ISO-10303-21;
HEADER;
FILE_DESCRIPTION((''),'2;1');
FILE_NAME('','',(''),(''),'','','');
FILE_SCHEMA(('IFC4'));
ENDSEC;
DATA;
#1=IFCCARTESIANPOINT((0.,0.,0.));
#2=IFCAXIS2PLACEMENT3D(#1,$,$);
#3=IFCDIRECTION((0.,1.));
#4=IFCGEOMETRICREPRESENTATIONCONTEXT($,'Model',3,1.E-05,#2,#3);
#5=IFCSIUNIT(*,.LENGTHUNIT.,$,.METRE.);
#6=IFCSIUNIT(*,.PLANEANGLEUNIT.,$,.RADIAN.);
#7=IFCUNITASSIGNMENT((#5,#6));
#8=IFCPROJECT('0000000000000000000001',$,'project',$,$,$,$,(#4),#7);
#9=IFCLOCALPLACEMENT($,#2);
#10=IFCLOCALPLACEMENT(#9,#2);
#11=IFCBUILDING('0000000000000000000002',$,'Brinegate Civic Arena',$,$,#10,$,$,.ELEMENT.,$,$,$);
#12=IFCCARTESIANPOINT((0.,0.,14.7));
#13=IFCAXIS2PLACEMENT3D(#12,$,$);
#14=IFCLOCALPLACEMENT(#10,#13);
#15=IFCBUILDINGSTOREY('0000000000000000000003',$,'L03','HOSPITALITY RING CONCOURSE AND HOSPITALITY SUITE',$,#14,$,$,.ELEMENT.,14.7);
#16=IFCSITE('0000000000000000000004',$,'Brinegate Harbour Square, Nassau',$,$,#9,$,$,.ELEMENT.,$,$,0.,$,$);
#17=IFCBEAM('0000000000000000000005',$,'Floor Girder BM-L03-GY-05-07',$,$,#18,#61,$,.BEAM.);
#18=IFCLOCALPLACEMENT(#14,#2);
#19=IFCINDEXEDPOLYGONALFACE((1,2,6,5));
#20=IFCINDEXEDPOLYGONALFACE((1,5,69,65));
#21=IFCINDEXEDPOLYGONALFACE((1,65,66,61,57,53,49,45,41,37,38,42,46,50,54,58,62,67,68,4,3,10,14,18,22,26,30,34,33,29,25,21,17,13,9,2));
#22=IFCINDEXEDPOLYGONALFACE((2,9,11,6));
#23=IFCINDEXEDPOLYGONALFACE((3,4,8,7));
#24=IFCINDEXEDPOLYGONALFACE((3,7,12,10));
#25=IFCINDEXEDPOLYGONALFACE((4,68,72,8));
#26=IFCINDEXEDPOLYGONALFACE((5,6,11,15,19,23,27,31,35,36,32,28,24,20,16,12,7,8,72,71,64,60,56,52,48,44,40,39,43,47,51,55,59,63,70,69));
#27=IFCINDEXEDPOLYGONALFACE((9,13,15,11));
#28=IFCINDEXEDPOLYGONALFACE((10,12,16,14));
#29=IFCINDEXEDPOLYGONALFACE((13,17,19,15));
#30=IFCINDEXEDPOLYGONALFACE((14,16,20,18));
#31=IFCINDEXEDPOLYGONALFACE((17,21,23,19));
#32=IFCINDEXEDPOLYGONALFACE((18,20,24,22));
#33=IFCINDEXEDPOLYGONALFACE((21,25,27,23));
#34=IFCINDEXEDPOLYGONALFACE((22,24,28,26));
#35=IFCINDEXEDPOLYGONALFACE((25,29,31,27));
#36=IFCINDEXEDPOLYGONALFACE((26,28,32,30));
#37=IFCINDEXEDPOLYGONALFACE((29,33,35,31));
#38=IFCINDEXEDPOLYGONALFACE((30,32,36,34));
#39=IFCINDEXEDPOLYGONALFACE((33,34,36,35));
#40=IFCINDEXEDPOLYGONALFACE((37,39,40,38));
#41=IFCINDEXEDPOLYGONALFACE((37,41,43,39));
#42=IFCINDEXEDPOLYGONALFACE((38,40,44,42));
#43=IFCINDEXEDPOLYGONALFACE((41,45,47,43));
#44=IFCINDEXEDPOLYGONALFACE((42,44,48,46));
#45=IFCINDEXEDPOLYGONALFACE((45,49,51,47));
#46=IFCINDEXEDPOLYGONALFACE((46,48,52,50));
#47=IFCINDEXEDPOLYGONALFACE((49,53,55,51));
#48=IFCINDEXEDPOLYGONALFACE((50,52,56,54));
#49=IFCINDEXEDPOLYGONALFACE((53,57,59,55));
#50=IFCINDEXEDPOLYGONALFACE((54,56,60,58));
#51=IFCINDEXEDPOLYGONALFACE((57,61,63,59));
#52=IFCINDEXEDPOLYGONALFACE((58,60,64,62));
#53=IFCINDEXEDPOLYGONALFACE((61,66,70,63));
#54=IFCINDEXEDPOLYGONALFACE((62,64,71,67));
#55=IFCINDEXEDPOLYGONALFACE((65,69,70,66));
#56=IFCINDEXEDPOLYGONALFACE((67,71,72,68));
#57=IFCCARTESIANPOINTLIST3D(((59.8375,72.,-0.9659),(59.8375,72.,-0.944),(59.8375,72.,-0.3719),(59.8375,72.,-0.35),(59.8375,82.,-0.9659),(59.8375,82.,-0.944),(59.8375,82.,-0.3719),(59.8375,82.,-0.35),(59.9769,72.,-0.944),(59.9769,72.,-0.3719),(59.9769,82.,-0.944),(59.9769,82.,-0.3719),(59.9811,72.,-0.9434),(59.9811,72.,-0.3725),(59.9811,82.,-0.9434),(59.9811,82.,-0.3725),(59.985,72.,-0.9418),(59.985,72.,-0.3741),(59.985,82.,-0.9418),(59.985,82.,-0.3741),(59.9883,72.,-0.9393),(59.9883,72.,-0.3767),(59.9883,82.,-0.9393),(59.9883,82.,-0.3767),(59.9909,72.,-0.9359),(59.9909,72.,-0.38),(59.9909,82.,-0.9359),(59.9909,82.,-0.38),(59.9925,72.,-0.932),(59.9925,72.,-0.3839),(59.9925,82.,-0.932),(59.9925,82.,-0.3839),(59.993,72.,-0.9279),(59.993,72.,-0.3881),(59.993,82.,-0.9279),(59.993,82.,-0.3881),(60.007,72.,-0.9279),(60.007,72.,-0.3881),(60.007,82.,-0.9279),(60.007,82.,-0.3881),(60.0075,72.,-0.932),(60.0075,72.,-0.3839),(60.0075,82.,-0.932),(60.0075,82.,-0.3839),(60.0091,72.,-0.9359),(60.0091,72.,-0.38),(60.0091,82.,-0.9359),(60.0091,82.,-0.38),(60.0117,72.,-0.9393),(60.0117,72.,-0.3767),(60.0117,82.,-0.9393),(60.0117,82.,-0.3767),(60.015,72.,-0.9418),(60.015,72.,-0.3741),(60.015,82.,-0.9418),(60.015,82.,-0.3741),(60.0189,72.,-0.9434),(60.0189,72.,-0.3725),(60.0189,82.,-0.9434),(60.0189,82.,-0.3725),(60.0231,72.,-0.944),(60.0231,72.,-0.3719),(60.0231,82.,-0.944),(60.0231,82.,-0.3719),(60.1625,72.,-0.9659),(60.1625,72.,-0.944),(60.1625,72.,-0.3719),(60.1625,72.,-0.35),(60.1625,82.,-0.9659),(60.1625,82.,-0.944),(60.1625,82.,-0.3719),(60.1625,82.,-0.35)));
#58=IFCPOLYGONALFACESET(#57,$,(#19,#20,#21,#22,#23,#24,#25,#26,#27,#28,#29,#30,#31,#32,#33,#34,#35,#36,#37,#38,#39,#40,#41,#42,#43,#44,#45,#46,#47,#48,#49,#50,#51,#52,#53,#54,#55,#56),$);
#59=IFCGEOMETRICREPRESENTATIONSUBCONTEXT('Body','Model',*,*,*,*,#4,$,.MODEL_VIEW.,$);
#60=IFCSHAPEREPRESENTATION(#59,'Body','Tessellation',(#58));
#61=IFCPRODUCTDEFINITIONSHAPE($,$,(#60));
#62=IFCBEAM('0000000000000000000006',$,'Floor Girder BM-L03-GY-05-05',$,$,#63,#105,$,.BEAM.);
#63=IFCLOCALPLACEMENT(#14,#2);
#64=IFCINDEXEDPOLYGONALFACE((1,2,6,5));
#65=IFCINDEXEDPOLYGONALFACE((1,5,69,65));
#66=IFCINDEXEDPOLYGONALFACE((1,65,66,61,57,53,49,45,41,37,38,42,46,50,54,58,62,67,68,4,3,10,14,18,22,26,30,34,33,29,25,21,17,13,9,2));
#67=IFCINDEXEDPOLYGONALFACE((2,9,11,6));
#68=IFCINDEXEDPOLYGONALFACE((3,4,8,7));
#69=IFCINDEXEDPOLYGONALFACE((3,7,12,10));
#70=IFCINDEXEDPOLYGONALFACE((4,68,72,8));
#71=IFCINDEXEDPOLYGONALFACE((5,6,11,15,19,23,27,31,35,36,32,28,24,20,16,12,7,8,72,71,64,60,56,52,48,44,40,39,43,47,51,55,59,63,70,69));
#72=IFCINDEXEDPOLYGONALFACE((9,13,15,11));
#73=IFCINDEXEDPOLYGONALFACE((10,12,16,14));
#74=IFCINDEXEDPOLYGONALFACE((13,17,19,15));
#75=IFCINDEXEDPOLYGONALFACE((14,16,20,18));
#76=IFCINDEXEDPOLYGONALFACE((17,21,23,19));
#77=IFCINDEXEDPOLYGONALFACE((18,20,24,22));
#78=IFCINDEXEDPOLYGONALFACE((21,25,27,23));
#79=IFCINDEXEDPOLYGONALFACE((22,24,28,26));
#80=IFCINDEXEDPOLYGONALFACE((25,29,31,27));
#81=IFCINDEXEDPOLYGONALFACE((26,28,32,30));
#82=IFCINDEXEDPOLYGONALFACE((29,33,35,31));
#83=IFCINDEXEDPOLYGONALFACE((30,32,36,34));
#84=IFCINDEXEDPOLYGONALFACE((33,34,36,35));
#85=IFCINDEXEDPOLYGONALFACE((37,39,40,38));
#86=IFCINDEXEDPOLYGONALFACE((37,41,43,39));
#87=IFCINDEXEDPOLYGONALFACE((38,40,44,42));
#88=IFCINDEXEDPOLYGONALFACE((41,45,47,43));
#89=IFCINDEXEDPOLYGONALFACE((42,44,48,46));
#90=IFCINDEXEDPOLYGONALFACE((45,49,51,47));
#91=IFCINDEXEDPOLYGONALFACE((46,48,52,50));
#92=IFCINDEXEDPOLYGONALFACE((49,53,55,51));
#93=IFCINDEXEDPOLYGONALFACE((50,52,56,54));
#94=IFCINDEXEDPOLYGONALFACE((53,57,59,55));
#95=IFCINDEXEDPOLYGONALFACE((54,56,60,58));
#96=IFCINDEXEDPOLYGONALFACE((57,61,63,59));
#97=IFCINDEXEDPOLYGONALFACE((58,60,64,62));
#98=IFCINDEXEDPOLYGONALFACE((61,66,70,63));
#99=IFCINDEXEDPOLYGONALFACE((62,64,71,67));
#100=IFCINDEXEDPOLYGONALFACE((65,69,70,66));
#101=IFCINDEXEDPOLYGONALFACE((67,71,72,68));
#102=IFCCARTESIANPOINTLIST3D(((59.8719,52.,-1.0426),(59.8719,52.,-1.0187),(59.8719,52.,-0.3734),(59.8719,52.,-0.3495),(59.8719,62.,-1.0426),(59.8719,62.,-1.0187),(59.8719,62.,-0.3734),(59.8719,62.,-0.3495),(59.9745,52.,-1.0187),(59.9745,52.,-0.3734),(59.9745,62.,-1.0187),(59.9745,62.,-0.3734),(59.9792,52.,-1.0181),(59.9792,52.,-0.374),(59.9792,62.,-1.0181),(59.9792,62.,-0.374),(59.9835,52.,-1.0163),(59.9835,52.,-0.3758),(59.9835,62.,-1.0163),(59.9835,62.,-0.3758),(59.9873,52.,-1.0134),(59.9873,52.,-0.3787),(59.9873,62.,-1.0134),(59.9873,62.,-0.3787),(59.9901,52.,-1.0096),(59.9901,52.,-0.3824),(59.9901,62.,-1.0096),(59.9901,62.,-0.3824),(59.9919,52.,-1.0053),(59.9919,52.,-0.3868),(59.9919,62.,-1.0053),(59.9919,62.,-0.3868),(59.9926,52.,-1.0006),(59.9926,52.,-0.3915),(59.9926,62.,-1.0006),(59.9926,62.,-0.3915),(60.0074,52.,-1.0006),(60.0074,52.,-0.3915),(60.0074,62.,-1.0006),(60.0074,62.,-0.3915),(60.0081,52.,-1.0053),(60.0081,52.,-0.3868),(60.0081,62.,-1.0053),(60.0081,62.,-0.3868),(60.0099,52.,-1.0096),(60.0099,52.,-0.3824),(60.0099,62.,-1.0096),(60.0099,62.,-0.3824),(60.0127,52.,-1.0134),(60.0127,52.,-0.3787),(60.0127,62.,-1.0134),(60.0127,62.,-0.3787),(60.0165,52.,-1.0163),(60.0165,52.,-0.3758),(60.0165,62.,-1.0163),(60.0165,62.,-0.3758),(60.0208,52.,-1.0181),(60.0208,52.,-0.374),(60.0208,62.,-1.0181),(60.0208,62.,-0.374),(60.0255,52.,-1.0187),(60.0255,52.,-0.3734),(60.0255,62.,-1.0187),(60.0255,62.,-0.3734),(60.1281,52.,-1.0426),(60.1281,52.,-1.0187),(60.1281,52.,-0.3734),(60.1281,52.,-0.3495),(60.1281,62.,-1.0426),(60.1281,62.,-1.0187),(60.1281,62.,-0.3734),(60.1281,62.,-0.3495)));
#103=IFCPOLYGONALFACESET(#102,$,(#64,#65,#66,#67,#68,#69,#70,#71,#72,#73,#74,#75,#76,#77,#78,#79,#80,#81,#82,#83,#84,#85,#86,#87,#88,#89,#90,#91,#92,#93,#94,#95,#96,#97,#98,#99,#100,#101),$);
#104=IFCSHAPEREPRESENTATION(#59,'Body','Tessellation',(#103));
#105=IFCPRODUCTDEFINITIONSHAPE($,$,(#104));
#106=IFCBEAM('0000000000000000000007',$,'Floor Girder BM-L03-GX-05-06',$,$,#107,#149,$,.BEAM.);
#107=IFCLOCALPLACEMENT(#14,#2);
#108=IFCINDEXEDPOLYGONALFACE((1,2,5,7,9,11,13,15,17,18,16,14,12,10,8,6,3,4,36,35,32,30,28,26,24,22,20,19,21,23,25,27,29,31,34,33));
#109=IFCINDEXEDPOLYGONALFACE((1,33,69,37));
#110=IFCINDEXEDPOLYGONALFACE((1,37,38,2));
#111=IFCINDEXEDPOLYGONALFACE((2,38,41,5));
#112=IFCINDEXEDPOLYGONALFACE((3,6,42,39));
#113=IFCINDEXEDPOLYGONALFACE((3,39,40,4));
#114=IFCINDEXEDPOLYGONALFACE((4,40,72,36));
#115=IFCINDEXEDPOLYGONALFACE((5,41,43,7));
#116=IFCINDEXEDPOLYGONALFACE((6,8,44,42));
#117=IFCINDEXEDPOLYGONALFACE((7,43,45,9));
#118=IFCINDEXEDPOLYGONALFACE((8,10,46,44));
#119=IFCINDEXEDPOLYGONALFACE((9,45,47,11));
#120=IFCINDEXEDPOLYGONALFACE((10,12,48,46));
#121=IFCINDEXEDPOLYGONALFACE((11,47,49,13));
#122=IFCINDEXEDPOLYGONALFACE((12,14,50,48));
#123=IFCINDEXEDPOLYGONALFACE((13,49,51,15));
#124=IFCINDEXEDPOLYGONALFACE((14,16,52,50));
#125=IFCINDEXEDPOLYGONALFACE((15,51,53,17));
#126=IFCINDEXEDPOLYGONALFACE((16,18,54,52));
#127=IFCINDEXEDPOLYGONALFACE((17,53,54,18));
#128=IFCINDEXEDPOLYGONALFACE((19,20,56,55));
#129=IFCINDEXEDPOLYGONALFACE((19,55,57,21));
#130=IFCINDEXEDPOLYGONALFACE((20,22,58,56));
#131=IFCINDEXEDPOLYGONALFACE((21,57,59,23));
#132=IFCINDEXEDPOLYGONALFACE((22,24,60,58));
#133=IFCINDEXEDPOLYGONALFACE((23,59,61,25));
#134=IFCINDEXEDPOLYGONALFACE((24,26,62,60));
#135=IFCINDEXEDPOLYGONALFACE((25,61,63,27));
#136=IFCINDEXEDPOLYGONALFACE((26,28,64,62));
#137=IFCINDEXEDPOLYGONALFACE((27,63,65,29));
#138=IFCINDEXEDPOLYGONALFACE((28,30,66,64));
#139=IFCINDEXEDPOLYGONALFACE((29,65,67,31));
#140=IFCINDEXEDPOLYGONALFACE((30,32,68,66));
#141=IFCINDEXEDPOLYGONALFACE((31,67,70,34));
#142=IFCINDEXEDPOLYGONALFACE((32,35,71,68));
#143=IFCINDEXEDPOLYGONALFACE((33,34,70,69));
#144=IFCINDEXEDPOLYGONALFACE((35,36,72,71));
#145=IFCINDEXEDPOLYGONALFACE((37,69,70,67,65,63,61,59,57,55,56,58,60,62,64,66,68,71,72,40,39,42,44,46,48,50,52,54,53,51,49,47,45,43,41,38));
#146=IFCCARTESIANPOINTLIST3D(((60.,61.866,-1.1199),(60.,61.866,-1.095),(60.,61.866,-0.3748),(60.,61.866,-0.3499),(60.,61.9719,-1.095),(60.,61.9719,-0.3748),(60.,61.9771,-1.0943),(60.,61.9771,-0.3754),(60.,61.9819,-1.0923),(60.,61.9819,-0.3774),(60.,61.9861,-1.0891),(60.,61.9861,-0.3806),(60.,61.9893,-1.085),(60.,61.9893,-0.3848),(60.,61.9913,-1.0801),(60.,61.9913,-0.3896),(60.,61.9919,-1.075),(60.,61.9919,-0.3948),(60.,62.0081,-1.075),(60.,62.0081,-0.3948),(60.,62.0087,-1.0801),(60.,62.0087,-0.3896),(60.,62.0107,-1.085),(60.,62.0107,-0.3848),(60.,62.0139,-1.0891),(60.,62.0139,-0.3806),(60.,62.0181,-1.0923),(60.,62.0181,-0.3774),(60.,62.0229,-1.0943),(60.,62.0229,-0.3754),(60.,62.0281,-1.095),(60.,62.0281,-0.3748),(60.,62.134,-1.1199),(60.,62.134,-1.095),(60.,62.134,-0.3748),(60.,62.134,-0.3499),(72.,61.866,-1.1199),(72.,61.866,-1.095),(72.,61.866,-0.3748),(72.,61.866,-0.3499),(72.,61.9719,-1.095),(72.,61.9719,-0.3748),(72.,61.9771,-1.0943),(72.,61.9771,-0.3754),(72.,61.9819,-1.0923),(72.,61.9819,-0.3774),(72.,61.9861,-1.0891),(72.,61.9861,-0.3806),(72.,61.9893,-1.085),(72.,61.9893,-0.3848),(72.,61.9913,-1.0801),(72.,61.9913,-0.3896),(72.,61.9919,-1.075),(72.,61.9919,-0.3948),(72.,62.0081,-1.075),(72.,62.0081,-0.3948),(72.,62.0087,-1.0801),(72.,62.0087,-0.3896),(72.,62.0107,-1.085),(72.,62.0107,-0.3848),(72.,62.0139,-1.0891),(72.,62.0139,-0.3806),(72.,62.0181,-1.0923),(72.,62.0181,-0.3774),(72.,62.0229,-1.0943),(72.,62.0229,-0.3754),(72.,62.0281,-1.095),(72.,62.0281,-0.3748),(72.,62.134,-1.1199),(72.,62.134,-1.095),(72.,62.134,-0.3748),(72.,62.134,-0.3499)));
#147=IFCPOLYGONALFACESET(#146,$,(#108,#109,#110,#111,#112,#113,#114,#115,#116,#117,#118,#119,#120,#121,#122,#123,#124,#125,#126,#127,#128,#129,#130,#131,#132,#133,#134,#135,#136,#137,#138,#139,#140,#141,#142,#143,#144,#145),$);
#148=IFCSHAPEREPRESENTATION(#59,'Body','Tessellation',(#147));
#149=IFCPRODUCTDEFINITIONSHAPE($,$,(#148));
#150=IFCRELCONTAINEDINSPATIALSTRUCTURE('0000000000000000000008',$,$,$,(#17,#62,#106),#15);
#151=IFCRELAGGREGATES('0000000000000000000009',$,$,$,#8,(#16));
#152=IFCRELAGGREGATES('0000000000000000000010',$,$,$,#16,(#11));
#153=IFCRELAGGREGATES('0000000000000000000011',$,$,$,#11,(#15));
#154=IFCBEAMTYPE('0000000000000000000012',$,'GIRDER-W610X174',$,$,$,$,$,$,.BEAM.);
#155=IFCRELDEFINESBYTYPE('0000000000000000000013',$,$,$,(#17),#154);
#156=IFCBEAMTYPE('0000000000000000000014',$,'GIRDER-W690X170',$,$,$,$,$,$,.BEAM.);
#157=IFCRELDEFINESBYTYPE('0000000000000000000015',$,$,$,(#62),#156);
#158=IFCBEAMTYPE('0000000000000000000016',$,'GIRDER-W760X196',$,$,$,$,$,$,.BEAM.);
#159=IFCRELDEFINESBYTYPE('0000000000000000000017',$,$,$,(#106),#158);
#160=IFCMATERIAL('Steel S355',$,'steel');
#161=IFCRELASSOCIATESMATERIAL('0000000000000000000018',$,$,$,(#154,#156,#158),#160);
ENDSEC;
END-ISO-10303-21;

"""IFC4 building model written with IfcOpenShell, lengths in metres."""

from ifc_helpers import new_model, si_unit, direction, frame, origin, origin_2d, place, context, subcontext, project, spatial, i_section, extrude, material, material_profile, profile_set, type_object, element, save


model = new_model("IFC4")

# Units and contexts
model_context = context("Model", 3, precision=1e-05, world=origin(), true_north=direction((0.0, 1.0)))
body_context = subcontext(model_context, "Body", "Model", "MODEL_VIEW")
ifc_project = project(units=[si_unit("LENGTHUNIT", "METRE"), si_unit("PLANEANGLEUNIT", "RADIAN")], contexts=[model_context])

# Site, building, storey
site_placement = place(None, origin())
site = spatial("IfcSite", under=ifc_project, at=site_placement, Name="Brinegate Harbour Square, Nassau", CompositionType="ELEMENT", RefElevation=0.0)
building_placement = place(site_placement, origin())
building = spatial("IfcBuilding", under=site, at=building_placement, Name="Brinegate Civic Arena", CompositionType="ELEMENT")
storey_placement = place(building_placement, frame((0.0, 0.0, 14.7)))
storey = spatial("IfcBuildingStorey", under=building, at=storey_placement, Name="L03", Description="HOSPITALITY RING CONCOURSE AND HOSPITALITY SUITE", CompositionType="ELEMENT", Elevation=14.7)

# Beams
ifc_material_1 = material(Name="Steel S355", Category="steel")
ifc_material_profile_1 = material_profile(ifc_material_1, i_section(OverallWidth=0.325, OverallDepth=0.616, WebThickness=0.0139, FlangeThickness=0.022, FilletRadius=0.0161, at=origin_2d()), Name="W610X174")
ifc_profile_set_1 = profile_set([ifc_material_profile_1], Name="Steel S355")
beam_type_1 = type_object("IfcBeamType", Name="GIRDER-W610X174", PredefinedType="BEAM", material=ifc_profile_set_1)
beam_1_placement = place(storey_placement, frame((60.0, 72.0, -0.658), z_axis=(0.0, 1.0, 0.0), x_axis=(-1.0, 0.0, 0.0)))
element("IfcBeam", 1, at=beam_1_placement, inside=storey, type_object=beam_type_1, Name="Floor Girder BM-L03-GY-05-07", PredefinedType="BEAM", context=body_context, shape_type="SweptSolid", body=[
    extrude(i_section(OverallWidth=0.325, OverallDepth=0.616, WebThickness=0.0139, FlangeThickness=0.022, FilletRadius=0.0161, at=origin_2d()), origin(), (0.0, 0.0, 1.0), 10.0),
])
ifc_material_profile_2 = material_profile(ifc_material_1, i_section(OverallWidth=0.2561, OverallDepth=0.6931, WebThickness=0.0149, FlangeThickness=0.0239, FilletRadius=0.0181, at=origin_2d()), Name="W690X170")
ifc_profile_set_2 = profile_set([ifc_material_profile_2], Name="Steel S355")
beam_type_2 = type_object("IfcBeamType", Name="GIRDER-W690X170", PredefinedType="BEAM", material=ifc_profile_set_2)
beam_2_placement = place(storey_placement, frame((60.0, 52.0, -0.696), z_axis=(0.0, 1.0, 0.0), x_axis=(-1.0, 0.0, 0.0)))
element("IfcBeam", 2, at=beam_2_placement, inside=storey, type_object=beam_type_2, Name="Floor Girder BM-L03-GY-05-05", PredefinedType="BEAM", context=body_context, shape_type="SweptSolid", body=[
    extrude(i_section(OverallWidth=0.2561, OverallDepth=0.6931, WebThickness=0.0149, FlangeThickness=0.0239, FilletRadius=0.0181, at=origin_2d()), origin(), (0.0, 0.0, 1.0), 10.0),
])
ifc_material_profile_3 = material_profile(ifc_material_1, i_section(OverallWidth=0.2681, OverallDepth=0.77, WebThickness=0.0161, FlangeThickness=0.0249, FilletRadius=0.02, at=origin_2d()), Name="W760X196")
ifc_profile_set_3 = profile_set([ifc_material_profile_3], Name="Steel S355")
beam_type_3 = type_object("IfcBeamType", Name="GIRDER-W760X196", PredefinedType="BEAM", material=ifc_profile_set_3)
beam_3_placement = place(storey_placement, frame((60.0, 62.0, -0.7349), z_axis=(1.0, 0.0, 0.0), x_axis=(0.0, 1.0, 0.0)))
element("IfcBeam", 3, at=beam_3_placement, inside=storey, type_object=beam_type_3, Name="Floor Girder BM-L03-GX-05-06", PredefinedType="BEAM", context=body_context, shape_type="SweptSolid", body=[
    extrude(i_section(OverallWidth=0.2681, OverallDepth=0.77, WebThickness=0.0161, FlangeThickness=0.0249, FilletRadius=0.02, at=origin_2d()), origin(), (0.0, 0.0, 1.0), 12.0),
])

save(model, "model.ifc")
